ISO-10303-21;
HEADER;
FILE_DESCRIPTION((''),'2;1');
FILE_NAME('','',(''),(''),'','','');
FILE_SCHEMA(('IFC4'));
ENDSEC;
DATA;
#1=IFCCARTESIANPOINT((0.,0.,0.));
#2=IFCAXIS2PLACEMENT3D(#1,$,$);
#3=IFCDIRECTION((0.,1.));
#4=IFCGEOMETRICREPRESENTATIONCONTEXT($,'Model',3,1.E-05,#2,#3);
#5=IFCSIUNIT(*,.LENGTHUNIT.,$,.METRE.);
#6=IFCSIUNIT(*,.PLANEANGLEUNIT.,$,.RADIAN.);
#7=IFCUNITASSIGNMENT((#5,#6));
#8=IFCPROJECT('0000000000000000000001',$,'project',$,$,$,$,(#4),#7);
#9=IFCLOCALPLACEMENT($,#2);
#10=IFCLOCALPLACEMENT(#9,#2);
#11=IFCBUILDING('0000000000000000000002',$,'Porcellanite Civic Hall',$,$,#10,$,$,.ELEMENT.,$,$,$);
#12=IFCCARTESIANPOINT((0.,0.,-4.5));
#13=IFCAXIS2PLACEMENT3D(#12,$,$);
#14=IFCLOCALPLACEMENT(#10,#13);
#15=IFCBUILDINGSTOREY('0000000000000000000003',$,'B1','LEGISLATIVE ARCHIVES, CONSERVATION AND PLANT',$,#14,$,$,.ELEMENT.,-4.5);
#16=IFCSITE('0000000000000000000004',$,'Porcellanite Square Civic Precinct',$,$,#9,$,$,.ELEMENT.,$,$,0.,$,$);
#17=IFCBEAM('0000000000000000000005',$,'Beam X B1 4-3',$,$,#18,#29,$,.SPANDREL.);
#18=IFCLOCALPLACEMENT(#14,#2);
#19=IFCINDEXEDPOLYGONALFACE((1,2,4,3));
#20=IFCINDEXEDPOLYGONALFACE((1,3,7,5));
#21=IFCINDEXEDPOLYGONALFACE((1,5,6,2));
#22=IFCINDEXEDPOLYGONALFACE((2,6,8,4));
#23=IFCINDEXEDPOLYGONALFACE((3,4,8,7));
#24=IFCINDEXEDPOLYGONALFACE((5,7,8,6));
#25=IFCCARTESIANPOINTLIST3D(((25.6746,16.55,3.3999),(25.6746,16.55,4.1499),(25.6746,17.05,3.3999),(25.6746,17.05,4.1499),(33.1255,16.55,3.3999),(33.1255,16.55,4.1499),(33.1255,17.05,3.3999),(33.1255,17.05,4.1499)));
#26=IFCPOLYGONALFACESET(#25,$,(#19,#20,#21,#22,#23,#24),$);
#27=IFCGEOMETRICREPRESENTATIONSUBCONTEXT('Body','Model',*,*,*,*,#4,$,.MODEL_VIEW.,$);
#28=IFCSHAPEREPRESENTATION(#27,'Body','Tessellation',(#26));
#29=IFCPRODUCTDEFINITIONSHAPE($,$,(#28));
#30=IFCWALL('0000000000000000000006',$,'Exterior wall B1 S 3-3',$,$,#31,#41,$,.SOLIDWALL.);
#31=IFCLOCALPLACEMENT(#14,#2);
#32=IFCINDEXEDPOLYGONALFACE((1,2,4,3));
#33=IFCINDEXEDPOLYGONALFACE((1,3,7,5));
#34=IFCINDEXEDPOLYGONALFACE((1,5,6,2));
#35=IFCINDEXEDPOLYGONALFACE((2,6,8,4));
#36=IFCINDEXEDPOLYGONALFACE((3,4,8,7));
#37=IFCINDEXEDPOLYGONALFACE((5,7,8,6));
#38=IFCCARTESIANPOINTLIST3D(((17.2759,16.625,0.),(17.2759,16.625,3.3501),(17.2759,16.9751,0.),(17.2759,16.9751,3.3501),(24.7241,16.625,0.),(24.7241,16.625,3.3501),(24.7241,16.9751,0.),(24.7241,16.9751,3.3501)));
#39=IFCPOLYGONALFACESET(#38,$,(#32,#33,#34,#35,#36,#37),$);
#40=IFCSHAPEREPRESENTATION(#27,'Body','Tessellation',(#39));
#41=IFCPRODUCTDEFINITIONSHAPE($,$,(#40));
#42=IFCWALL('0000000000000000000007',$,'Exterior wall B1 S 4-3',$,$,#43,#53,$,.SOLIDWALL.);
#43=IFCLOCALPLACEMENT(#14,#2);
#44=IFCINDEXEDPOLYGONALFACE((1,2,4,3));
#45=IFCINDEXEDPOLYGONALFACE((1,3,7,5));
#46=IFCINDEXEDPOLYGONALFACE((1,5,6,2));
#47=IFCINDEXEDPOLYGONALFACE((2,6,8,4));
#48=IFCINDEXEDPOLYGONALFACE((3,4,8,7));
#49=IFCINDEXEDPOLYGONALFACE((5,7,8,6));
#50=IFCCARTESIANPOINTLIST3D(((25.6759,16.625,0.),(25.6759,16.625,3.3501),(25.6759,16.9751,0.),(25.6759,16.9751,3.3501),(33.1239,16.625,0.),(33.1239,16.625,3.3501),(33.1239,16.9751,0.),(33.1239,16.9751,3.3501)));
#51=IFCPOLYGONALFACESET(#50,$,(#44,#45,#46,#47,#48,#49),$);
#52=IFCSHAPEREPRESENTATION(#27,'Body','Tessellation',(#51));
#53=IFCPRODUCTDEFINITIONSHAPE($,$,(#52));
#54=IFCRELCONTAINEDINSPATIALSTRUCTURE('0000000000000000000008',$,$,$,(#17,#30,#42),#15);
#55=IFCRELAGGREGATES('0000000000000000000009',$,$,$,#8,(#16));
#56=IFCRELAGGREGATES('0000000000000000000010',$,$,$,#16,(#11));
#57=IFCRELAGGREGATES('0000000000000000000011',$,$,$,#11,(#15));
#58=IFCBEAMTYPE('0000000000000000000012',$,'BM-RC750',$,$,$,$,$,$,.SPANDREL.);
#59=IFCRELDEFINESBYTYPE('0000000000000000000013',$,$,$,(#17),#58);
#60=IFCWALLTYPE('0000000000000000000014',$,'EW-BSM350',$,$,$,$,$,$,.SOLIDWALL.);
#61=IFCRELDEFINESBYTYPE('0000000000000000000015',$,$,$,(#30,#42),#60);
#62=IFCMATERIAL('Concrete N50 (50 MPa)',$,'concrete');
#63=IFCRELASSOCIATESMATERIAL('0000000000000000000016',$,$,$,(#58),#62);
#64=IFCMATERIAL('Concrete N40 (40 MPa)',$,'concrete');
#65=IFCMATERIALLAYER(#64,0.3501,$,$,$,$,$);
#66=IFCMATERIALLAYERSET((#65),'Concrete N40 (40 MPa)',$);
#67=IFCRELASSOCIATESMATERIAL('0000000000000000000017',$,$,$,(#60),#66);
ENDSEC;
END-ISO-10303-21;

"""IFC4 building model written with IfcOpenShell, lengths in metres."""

from ifc_helpers import new_model, si_unit, direction, frame, frame_2d, origin, origin_2d, place, context, subcontext, project, spatial, rectangle, extrude, material, layer, layer_set, material_profile, profile_set, type_object, element, save


model = new_model("IFC4")

# Units and contexts
model_context = context("Model", 3, precision=1e-05, world=origin(), true_north=direction((0.0, 1.0)))
body_context = subcontext(model_context, "Body", "Model", "MODEL_VIEW")
ifc_project = project(units=[si_unit("LENGTHUNIT", "METRE"), si_unit("PLANEANGLEUNIT", "RADIAN")], contexts=[model_context])

# Site, building, storey
site_placement = place(None, origin())
site = spatial("IfcSite", under=ifc_project, at=site_placement, Name="Porcellanite Square Civic Precinct", CompositionType="ELEMENT", RefElevation=0.0)
building_placement = place(site_placement, origin())
building = spatial("IfcBuilding", under=site, at=building_placement, Name="Porcellanite Civic Hall", CompositionType="ELEMENT")
storey_placement = place(building_placement, frame((0.0, 0.0, -4.5)))
storey = spatial("IfcBuildingStorey", under=building, at=storey_placement, Name="B1", Description="LEGISLATIVE ARCHIVES, CONSERVATION AND PLANT", CompositionType="ELEMENT", Elevation=-4.5)

# Beam
ifc_material_1 = material(Name="Concrete N50 (50 MPa)", Category="concrete")
ifc_material_profile_1 = material_profile(ifc_material_1, rectangle(XDim=0.5, YDim=0.75, at=origin_2d()), Name="RC-500x750")
ifc_profile_set_1 = profile_set([ifc_material_profile_1], Name="Concrete N50 (50 MPa)")
beam_type = type_object("IfcBeamType", Name="BM-RC750", PredefinedType="SPANDREL", material=ifc_profile_set_1)
beam_placement = place(storey_placement, frame((25.6746, 16.8, 3.7749), z_axis=(1.0, 0.0, 0.0), x_axis=(0.0, 1.0, 0.0)))
element("IfcBeam", 1, at=beam_placement, inside=storey, type_object=beam_type, Name="Beam X B1 4-3", PredefinedType="SPANDREL", context=body_context, shape_type="SweptSolid", body=[
    extrude(rectangle(XDim=0.5, YDim=0.75, at=origin_2d()), origin(), (0.0, 0.0, 1.0), 7.4509),
])

# Walls
ifc_material_2 = material(Name="Concrete N40 (40 MPa)", Category="concrete")
ifc_layer = layer(ifc_material_2, 0.3501)
ifc_layer_set = layer_set([ifc_layer], Name="Concrete N40 (40 MPa)")
wall_type = type_object("IfcWallType", Name="EW-BSM350", PredefinedType="SOLIDWALL", material=ifc_layer_set)
wall_1_placement = place(storey_placement, frame((24.7241, 16.8, 0.0), z_axis=(0.0, 0.0, 1.0), x_axis=(-1.0, 0.0, 0.0)))
element("IfcWall", 2, at=wall_1_placement, inside=storey, type_object=wall_type, Name="Exterior wall B1 S 3-3", PredefinedType="SOLIDWALL", context=body_context, shape_type="SweptSolid", body=[
    extrude(rectangle(XDim=7.4482, YDim=0.3501, at=frame_2d((3.7241, 0.0))), origin(), (0.0, 0.0, 1.0), 3.3501),
])
wall_2_placement = place(storey_placement, frame((33.124, 16.8, 0.0), z_axis=(0.0, 0.0, 1.0), x_axis=(-1.0, 0.0, 0.0)))
element("IfcWall", 3, at=wall_2_placement, inside=storey, type_object=wall_type, Name="Exterior wall B1 S 4-3", PredefinedType="SOLIDWALL", context=body_context, shape_type="SweptSolid", body=[
    extrude(rectangle(XDim=7.448, YDim=0.3501, at=frame_2d((3.7241, 0.0))), origin(), (0.0, 0.0, 1.0), 3.3501),
])

save(model, "model.ifc")
